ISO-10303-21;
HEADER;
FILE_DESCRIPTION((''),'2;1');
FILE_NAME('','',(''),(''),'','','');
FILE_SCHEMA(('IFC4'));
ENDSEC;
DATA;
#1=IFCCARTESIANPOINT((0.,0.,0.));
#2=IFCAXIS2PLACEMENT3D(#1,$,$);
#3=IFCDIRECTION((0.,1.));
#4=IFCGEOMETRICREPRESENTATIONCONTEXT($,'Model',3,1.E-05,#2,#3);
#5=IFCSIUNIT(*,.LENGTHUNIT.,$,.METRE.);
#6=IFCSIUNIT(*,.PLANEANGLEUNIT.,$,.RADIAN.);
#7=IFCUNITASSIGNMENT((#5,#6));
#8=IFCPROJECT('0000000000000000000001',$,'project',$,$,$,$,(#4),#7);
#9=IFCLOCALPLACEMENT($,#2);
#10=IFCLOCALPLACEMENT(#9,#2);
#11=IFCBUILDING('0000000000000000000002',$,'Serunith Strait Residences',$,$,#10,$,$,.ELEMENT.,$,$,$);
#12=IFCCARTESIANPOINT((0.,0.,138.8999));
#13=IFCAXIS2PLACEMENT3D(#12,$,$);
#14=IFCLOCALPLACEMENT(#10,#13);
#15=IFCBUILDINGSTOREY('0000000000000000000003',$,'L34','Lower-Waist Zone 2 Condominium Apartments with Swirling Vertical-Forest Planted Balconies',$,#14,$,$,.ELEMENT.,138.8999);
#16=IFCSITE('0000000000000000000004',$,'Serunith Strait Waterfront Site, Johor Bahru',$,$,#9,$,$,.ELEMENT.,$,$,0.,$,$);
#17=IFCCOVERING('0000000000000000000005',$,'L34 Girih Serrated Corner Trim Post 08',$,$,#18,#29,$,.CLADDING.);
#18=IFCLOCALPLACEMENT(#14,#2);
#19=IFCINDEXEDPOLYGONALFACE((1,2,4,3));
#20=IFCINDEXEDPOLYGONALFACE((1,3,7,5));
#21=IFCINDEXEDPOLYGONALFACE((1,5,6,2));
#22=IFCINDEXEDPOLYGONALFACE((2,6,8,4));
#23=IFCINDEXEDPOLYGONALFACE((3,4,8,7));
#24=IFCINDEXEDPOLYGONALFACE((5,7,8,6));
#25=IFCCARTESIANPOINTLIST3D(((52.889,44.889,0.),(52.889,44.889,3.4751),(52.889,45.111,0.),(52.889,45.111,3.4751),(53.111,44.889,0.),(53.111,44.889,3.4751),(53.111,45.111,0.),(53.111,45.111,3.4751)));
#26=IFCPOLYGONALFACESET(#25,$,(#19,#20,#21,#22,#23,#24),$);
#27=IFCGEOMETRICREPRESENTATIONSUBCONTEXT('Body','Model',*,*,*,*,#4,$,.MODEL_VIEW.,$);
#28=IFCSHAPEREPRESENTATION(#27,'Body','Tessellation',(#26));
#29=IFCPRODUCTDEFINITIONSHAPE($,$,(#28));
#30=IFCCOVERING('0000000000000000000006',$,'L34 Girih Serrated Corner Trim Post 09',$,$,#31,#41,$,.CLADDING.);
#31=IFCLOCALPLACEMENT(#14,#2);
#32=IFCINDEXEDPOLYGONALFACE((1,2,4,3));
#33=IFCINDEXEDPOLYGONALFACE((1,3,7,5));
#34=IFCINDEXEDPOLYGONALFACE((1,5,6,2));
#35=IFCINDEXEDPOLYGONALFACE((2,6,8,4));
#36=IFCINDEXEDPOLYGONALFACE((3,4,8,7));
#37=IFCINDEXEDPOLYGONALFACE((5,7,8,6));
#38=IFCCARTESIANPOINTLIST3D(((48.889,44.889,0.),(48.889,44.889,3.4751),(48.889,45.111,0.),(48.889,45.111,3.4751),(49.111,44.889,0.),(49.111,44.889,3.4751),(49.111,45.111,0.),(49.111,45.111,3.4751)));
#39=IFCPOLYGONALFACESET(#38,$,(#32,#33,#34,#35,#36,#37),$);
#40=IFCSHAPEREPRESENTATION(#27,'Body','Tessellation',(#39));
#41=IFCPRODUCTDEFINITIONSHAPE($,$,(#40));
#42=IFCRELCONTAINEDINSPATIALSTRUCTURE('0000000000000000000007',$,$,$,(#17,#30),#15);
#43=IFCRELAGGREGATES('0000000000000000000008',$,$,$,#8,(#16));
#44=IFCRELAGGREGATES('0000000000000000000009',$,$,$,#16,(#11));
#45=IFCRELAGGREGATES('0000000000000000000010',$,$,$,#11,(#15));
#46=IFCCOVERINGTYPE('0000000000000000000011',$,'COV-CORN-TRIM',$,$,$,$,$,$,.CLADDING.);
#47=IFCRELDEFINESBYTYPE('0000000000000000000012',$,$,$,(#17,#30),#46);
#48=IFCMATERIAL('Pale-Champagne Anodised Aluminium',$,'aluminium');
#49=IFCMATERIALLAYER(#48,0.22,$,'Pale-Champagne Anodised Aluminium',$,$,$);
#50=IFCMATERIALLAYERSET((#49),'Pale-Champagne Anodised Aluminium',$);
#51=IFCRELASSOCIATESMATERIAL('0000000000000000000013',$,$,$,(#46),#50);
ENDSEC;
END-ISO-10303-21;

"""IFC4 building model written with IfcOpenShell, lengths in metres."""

from ifc_helpers import new_model, si_unit, direction, frame, origin, origin_2d, place, context, subcontext, project, spatial, rectangle, extrude, source, transform, mapped, material, layer, layer_set, type_object, element, save


model = new_model("IFC4")

# Units and contexts
model_context = context("Model", 3, precision=1e-05, world=origin(), true_north=direction((0.0, 1.0)))
body_context = subcontext(model_context, "Body", "Model", "MODEL_VIEW")
ifc_project = project(units=[si_unit("LENGTHUNIT", "METRE"), si_unit("PLANEANGLEUNIT", "RADIAN")], contexts=[model_context])

# Site, building, storey
site_placement = place(None, origin())
site = spatial("IfcSite", under=ifc_project, at=site_placement, Name="Serunith Strait Waterfront Site, Johor Bahru", CompositionType="ELEMENT", RefElevation=0.0)
building_placement = place(site_placement, origin())
building = spatial("IfcBuilding", under=site, at=building_placement, Name="Serunith Strait Residences", CompositionType="ELEMENT")
storey_placement = place(building_placement, frame((0.0, 0.0, 138.8999)))
storey = spatial("IfcBuildingStorey", under=building, at=storey_placement, Name="L34", Description="Lower-Waist Zone 2 Condominium Apartments with Swirling Vertical-Forest Planted Balconies", CompositionType="ELEMENT", Elevation=138.8999)

# Shared definitions
ifc_material_1 = material(Name="Pale-Champagne Anodised Aluminium", Category="aluminium")

# Coverings
ifc_layer_1 = layer(ifc_material_1, 0.22, Name="Pale-Champagne Anodised Aluminium")
ifc_layer_set_1 = layer_set([ifc_layer_1], Name="Pale-Champagne Anodised Aluminium")
covering_type = type_object("IfcCoveringType", Name="COV-CORN-TRIM", PredefinedType="CLADDING", material=ifc_layer_set_1)
shared_shape_1 = source(origin(), body_context, "Body", "SweptSolid", [
    extrude(rectangle(XDim=0.2219, YDim=0.2219, at=origin_2d()), origin(), (0.0, 0.0, 1.0), 3.4751),
])
for number, where, z_axis, x_axis, name in (
    (1, (53.0, 45.0, 0.0), (0.0, 0.0, 1.0), (1.0, 0.0, 0.0), "L34 Girih Serrated Corner Trim Post 08"),
    (2, (49.0, 45.0, 0.0), (0.0, 0.0, 1.0), (1.0, 0.0, 0.0), "L34 Girih Serrated Corner Trim Post 09"),
):
    element("IfcCovering", number, at=place(storey_placement, frame(where, z_axis=z_axis, x_axis=x_axis)), inside=storey, type_object=covering_type, Name=name, PredefinedType="CLADDING", context=body_context, shape_type="MappedRepresentation", body=[
        mapped(shared_shape_1, transform((0.0, 0.0, 0.0), scale=1.0)),
    ])

save(model, "model.ifc")
